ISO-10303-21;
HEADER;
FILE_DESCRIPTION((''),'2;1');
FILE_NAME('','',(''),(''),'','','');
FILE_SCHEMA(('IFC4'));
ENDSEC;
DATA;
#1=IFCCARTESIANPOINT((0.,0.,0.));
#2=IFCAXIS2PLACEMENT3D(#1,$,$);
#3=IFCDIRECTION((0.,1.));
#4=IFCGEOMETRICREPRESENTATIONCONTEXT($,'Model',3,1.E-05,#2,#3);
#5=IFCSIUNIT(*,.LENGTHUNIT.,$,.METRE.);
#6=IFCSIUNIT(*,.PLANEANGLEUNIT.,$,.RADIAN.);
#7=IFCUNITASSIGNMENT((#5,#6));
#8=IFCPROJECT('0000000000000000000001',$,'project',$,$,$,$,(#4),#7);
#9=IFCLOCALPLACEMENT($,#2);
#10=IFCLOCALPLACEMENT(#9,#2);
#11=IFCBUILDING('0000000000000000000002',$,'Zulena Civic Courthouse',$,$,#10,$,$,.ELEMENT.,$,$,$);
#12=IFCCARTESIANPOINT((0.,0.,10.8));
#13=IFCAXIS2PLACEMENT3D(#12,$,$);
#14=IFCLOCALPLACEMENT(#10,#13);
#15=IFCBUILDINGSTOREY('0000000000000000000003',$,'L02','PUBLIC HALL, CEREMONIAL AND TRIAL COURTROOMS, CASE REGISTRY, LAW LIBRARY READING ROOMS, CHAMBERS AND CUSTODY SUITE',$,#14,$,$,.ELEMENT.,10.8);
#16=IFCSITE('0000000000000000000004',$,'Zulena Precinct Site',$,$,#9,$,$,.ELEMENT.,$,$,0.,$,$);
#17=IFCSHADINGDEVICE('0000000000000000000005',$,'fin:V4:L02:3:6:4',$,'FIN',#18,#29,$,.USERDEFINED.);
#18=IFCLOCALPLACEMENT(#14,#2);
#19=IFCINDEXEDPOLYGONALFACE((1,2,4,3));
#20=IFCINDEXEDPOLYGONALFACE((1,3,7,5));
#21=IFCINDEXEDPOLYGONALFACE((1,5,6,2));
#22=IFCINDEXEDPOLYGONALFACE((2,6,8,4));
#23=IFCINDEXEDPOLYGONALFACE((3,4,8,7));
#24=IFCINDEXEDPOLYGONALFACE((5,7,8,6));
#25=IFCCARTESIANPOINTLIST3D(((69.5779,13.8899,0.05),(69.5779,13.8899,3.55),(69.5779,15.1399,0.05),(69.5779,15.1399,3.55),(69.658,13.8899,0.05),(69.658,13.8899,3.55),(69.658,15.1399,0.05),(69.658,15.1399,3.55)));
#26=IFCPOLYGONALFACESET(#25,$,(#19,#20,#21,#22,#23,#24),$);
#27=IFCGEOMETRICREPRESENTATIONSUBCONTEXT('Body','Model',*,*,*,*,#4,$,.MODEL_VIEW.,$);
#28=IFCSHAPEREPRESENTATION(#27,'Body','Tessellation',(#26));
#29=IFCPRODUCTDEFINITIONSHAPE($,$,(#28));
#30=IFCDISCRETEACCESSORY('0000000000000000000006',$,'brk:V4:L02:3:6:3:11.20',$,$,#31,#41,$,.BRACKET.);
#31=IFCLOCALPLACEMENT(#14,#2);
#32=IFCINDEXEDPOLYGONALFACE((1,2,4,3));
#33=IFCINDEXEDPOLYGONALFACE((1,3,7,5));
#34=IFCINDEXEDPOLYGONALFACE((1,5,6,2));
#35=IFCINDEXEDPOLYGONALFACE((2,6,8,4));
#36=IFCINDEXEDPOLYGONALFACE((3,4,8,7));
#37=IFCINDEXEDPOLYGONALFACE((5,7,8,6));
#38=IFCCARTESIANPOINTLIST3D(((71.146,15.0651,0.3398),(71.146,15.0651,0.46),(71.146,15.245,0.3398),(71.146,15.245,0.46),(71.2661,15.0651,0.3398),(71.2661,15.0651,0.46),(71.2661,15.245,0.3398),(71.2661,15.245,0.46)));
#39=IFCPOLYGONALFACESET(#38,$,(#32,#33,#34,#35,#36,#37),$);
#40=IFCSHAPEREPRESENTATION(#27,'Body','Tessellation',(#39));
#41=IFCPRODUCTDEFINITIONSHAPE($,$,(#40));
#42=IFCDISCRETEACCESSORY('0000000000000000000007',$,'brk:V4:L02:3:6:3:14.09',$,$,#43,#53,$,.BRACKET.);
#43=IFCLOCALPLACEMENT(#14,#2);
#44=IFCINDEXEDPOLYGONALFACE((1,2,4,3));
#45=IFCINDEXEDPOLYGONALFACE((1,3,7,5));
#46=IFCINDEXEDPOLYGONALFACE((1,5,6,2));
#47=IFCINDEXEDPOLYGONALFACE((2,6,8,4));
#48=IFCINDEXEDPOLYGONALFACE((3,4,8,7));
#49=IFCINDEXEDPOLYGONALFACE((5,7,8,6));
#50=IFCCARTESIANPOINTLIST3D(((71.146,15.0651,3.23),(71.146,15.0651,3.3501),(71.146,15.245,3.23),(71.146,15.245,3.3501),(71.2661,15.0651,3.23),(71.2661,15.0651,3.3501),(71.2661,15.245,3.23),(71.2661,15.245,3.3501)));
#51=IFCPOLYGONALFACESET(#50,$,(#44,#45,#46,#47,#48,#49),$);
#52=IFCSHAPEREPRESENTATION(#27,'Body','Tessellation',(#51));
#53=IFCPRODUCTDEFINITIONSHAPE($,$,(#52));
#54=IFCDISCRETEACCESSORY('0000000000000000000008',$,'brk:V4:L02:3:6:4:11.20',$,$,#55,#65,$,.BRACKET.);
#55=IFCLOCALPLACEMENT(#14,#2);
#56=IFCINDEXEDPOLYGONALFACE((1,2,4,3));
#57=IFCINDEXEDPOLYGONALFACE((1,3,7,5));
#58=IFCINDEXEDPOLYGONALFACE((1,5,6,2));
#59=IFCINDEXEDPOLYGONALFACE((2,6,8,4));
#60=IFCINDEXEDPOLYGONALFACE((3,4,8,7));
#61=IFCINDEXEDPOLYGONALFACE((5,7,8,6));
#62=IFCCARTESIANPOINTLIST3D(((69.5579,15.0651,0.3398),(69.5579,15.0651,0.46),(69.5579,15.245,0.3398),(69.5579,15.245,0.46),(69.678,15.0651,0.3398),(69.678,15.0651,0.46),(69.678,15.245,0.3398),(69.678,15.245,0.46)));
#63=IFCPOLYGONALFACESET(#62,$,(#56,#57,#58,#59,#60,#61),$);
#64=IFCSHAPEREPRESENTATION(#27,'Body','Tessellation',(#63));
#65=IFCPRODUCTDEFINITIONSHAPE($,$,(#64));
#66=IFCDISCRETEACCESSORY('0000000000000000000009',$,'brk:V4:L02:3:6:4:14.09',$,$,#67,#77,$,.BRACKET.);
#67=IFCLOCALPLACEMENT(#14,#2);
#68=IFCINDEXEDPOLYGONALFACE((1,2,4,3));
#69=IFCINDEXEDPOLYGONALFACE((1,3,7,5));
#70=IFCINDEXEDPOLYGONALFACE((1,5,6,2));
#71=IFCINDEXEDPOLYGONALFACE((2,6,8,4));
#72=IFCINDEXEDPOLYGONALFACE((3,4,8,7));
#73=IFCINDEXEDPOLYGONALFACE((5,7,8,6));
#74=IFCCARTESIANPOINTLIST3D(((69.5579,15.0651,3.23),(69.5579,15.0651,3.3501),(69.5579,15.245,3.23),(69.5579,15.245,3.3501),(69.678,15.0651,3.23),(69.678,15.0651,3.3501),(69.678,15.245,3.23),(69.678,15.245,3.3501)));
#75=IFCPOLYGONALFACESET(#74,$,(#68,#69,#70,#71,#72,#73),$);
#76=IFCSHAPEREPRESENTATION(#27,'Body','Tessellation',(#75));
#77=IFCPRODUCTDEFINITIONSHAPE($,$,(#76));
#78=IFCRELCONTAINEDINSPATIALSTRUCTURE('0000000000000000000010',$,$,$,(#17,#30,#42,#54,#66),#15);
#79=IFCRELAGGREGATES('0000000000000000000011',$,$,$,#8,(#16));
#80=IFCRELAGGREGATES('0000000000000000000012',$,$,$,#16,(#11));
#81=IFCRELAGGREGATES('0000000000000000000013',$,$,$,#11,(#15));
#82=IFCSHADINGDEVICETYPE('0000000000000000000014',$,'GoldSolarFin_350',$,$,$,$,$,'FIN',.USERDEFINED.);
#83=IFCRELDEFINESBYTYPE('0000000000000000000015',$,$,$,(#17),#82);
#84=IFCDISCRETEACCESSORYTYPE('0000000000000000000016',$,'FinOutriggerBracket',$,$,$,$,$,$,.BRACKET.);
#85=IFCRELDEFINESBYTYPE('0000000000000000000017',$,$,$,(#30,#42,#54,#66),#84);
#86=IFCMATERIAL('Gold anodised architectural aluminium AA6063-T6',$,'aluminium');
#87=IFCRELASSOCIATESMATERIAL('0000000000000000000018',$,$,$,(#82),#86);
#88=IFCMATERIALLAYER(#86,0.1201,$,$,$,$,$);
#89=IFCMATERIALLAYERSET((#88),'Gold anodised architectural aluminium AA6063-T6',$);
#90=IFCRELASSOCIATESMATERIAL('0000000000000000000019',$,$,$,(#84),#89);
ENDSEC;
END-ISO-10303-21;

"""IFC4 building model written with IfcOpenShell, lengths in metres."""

from ifc_helpers import new_model, si_unit, direction, frame, origin, origin_2d, place, context, subcontext, project, spatial, rectangle, extrude, material, layer, layer_set, type_object, element, save


model = new_model("IFC4")

# Units and contexts
model_context = context("Model", 3, precision=1e-05, world=origin(), true_north=direction((0.0, 1.0)))
body_context = subcontext(model_context, "Body", "Model", "MODEL_VIEW")
ifc_project = project(units=[si_unit("LENGTHUNIT", "METRE"), si_unit("PLANEANGLEUNIT", "RADIAN")], contexts=[model_context])

# Site, building, storey
site_placement = place(None, origin())
site = spatial("IfcSite", under=ifc_project, at=site_placement, Name="Zulena Precinct Site", CompositionType="ELEMENT", RefElevation=0.0)
building_placement = place(site_placement, origin())
building = spatial("IfcBuilding", under=site, at=building_placement, Name="Zulena Civic Courthouse", CompositionType="ELEMENT")
storey_placement = place(building_placement, frame((0.0, 0.0, 10.8)))
storey = spatial("IfcBuildingStorey", under=building, at=storey_placement, Name="L02", Description="PUBLIC HALL, CEREMONIAL AND TRIAL COURTROOMS, CASE REGISTRY, LAW LIBRARY READING ROOMS, CHAMBERS AND CUSTODY SUITE", CompositionType="ELEMENT", Elevation=10.8)

# Shading device
ifc_material_1 = material(Name="Gold anodised architectural aluminium AA6063-T6", Category="aluminium")
shading_device_type = type_object("IfcShadingDeviceType", Name="GoldSolarFin_350", ElementType="FIN", PredefinedType="USERDEFINED", material=ifc_material_1)
for number, where, z_axis, x_axis, name in (
    (1, (69.6179, 14.5149, 0.05), (0.0, 0.0, 1.0), (0.0, -1.0, 0.0), "fin:V4:L02:3:6:4"),
):
    element("IfcShadingDevice", number, at=place(storey_placement, frame(where, z_axis=z_axis, x_axis=x_axis)), inside=storey, type_object=shading_device_type, Name=name, ObjectType="FIN", PredefinedType="USERDEFINED", context=body_context, shape_type="SweptSolid", body=[
        extrude(rectangle(XDim=1.25, YDim=0.0801, at=origin_2d()), origin(), (0.0, 0.0, 1.0), 3.5),
    ])

# Discrete accessories
ifc_layer_1 = layer(ifc_material_1, 0.1201)
ifc_layer_set_1 = layer_set([ifc_layer_1], Name="Gold anodised architectural aluminium AA6063-T6")
discrete_accessory_type = type_object("IfcDiscreteAccessoryType", Name="FinOutriggerBracket", PredefinedType="BRACKET", material=ifc_layer_set_1)
for number, where, z_axis, x_axis, name in (
    (2, (71.2061, 15.155, 0.3398), (0.0, 0.0, 1.0), (0.0, -1.0, 0.0), "brk:V4:L02:3:6:3:11.20"),
    (3, (71.2061, 15.155, 3.23), (0.0, 0.0, 1.0), (0.0, -1.0, 0.0), "brk:V4:L02:3:6:3:14.09"),
    (4, (69.6179, 15.155, 0.3398), (0.0, 0.0, 1.0), (0.0, -1.0, 0.0), "brk:V4:L02:3:6:4:11.20"),
    (5, (69.6179, 15.155, 3.23), (0.0, 0.0, 1.0), (0.0, -1.0, 0.0), "brk:V4:L02:3:6:4:14.09"),
):
    element("IfcDiscreteAccessory", number, at=place(storey_placement, frame(where, z_axis=z_axis, x_axis=x_axis)), inside=storey, type_object=discrete_accessory_type, Name=name, PredefinedType="BRACKET", context=body_context, shape_type="SweptSolid", body=[
        extrude(rectangle(XDim=0.1799, YDim=0.1201, at=origin_2d()), origin(), (0.0, 0.0, 1.0), 0.1201),
    ])

save(model, "model.ifc")
